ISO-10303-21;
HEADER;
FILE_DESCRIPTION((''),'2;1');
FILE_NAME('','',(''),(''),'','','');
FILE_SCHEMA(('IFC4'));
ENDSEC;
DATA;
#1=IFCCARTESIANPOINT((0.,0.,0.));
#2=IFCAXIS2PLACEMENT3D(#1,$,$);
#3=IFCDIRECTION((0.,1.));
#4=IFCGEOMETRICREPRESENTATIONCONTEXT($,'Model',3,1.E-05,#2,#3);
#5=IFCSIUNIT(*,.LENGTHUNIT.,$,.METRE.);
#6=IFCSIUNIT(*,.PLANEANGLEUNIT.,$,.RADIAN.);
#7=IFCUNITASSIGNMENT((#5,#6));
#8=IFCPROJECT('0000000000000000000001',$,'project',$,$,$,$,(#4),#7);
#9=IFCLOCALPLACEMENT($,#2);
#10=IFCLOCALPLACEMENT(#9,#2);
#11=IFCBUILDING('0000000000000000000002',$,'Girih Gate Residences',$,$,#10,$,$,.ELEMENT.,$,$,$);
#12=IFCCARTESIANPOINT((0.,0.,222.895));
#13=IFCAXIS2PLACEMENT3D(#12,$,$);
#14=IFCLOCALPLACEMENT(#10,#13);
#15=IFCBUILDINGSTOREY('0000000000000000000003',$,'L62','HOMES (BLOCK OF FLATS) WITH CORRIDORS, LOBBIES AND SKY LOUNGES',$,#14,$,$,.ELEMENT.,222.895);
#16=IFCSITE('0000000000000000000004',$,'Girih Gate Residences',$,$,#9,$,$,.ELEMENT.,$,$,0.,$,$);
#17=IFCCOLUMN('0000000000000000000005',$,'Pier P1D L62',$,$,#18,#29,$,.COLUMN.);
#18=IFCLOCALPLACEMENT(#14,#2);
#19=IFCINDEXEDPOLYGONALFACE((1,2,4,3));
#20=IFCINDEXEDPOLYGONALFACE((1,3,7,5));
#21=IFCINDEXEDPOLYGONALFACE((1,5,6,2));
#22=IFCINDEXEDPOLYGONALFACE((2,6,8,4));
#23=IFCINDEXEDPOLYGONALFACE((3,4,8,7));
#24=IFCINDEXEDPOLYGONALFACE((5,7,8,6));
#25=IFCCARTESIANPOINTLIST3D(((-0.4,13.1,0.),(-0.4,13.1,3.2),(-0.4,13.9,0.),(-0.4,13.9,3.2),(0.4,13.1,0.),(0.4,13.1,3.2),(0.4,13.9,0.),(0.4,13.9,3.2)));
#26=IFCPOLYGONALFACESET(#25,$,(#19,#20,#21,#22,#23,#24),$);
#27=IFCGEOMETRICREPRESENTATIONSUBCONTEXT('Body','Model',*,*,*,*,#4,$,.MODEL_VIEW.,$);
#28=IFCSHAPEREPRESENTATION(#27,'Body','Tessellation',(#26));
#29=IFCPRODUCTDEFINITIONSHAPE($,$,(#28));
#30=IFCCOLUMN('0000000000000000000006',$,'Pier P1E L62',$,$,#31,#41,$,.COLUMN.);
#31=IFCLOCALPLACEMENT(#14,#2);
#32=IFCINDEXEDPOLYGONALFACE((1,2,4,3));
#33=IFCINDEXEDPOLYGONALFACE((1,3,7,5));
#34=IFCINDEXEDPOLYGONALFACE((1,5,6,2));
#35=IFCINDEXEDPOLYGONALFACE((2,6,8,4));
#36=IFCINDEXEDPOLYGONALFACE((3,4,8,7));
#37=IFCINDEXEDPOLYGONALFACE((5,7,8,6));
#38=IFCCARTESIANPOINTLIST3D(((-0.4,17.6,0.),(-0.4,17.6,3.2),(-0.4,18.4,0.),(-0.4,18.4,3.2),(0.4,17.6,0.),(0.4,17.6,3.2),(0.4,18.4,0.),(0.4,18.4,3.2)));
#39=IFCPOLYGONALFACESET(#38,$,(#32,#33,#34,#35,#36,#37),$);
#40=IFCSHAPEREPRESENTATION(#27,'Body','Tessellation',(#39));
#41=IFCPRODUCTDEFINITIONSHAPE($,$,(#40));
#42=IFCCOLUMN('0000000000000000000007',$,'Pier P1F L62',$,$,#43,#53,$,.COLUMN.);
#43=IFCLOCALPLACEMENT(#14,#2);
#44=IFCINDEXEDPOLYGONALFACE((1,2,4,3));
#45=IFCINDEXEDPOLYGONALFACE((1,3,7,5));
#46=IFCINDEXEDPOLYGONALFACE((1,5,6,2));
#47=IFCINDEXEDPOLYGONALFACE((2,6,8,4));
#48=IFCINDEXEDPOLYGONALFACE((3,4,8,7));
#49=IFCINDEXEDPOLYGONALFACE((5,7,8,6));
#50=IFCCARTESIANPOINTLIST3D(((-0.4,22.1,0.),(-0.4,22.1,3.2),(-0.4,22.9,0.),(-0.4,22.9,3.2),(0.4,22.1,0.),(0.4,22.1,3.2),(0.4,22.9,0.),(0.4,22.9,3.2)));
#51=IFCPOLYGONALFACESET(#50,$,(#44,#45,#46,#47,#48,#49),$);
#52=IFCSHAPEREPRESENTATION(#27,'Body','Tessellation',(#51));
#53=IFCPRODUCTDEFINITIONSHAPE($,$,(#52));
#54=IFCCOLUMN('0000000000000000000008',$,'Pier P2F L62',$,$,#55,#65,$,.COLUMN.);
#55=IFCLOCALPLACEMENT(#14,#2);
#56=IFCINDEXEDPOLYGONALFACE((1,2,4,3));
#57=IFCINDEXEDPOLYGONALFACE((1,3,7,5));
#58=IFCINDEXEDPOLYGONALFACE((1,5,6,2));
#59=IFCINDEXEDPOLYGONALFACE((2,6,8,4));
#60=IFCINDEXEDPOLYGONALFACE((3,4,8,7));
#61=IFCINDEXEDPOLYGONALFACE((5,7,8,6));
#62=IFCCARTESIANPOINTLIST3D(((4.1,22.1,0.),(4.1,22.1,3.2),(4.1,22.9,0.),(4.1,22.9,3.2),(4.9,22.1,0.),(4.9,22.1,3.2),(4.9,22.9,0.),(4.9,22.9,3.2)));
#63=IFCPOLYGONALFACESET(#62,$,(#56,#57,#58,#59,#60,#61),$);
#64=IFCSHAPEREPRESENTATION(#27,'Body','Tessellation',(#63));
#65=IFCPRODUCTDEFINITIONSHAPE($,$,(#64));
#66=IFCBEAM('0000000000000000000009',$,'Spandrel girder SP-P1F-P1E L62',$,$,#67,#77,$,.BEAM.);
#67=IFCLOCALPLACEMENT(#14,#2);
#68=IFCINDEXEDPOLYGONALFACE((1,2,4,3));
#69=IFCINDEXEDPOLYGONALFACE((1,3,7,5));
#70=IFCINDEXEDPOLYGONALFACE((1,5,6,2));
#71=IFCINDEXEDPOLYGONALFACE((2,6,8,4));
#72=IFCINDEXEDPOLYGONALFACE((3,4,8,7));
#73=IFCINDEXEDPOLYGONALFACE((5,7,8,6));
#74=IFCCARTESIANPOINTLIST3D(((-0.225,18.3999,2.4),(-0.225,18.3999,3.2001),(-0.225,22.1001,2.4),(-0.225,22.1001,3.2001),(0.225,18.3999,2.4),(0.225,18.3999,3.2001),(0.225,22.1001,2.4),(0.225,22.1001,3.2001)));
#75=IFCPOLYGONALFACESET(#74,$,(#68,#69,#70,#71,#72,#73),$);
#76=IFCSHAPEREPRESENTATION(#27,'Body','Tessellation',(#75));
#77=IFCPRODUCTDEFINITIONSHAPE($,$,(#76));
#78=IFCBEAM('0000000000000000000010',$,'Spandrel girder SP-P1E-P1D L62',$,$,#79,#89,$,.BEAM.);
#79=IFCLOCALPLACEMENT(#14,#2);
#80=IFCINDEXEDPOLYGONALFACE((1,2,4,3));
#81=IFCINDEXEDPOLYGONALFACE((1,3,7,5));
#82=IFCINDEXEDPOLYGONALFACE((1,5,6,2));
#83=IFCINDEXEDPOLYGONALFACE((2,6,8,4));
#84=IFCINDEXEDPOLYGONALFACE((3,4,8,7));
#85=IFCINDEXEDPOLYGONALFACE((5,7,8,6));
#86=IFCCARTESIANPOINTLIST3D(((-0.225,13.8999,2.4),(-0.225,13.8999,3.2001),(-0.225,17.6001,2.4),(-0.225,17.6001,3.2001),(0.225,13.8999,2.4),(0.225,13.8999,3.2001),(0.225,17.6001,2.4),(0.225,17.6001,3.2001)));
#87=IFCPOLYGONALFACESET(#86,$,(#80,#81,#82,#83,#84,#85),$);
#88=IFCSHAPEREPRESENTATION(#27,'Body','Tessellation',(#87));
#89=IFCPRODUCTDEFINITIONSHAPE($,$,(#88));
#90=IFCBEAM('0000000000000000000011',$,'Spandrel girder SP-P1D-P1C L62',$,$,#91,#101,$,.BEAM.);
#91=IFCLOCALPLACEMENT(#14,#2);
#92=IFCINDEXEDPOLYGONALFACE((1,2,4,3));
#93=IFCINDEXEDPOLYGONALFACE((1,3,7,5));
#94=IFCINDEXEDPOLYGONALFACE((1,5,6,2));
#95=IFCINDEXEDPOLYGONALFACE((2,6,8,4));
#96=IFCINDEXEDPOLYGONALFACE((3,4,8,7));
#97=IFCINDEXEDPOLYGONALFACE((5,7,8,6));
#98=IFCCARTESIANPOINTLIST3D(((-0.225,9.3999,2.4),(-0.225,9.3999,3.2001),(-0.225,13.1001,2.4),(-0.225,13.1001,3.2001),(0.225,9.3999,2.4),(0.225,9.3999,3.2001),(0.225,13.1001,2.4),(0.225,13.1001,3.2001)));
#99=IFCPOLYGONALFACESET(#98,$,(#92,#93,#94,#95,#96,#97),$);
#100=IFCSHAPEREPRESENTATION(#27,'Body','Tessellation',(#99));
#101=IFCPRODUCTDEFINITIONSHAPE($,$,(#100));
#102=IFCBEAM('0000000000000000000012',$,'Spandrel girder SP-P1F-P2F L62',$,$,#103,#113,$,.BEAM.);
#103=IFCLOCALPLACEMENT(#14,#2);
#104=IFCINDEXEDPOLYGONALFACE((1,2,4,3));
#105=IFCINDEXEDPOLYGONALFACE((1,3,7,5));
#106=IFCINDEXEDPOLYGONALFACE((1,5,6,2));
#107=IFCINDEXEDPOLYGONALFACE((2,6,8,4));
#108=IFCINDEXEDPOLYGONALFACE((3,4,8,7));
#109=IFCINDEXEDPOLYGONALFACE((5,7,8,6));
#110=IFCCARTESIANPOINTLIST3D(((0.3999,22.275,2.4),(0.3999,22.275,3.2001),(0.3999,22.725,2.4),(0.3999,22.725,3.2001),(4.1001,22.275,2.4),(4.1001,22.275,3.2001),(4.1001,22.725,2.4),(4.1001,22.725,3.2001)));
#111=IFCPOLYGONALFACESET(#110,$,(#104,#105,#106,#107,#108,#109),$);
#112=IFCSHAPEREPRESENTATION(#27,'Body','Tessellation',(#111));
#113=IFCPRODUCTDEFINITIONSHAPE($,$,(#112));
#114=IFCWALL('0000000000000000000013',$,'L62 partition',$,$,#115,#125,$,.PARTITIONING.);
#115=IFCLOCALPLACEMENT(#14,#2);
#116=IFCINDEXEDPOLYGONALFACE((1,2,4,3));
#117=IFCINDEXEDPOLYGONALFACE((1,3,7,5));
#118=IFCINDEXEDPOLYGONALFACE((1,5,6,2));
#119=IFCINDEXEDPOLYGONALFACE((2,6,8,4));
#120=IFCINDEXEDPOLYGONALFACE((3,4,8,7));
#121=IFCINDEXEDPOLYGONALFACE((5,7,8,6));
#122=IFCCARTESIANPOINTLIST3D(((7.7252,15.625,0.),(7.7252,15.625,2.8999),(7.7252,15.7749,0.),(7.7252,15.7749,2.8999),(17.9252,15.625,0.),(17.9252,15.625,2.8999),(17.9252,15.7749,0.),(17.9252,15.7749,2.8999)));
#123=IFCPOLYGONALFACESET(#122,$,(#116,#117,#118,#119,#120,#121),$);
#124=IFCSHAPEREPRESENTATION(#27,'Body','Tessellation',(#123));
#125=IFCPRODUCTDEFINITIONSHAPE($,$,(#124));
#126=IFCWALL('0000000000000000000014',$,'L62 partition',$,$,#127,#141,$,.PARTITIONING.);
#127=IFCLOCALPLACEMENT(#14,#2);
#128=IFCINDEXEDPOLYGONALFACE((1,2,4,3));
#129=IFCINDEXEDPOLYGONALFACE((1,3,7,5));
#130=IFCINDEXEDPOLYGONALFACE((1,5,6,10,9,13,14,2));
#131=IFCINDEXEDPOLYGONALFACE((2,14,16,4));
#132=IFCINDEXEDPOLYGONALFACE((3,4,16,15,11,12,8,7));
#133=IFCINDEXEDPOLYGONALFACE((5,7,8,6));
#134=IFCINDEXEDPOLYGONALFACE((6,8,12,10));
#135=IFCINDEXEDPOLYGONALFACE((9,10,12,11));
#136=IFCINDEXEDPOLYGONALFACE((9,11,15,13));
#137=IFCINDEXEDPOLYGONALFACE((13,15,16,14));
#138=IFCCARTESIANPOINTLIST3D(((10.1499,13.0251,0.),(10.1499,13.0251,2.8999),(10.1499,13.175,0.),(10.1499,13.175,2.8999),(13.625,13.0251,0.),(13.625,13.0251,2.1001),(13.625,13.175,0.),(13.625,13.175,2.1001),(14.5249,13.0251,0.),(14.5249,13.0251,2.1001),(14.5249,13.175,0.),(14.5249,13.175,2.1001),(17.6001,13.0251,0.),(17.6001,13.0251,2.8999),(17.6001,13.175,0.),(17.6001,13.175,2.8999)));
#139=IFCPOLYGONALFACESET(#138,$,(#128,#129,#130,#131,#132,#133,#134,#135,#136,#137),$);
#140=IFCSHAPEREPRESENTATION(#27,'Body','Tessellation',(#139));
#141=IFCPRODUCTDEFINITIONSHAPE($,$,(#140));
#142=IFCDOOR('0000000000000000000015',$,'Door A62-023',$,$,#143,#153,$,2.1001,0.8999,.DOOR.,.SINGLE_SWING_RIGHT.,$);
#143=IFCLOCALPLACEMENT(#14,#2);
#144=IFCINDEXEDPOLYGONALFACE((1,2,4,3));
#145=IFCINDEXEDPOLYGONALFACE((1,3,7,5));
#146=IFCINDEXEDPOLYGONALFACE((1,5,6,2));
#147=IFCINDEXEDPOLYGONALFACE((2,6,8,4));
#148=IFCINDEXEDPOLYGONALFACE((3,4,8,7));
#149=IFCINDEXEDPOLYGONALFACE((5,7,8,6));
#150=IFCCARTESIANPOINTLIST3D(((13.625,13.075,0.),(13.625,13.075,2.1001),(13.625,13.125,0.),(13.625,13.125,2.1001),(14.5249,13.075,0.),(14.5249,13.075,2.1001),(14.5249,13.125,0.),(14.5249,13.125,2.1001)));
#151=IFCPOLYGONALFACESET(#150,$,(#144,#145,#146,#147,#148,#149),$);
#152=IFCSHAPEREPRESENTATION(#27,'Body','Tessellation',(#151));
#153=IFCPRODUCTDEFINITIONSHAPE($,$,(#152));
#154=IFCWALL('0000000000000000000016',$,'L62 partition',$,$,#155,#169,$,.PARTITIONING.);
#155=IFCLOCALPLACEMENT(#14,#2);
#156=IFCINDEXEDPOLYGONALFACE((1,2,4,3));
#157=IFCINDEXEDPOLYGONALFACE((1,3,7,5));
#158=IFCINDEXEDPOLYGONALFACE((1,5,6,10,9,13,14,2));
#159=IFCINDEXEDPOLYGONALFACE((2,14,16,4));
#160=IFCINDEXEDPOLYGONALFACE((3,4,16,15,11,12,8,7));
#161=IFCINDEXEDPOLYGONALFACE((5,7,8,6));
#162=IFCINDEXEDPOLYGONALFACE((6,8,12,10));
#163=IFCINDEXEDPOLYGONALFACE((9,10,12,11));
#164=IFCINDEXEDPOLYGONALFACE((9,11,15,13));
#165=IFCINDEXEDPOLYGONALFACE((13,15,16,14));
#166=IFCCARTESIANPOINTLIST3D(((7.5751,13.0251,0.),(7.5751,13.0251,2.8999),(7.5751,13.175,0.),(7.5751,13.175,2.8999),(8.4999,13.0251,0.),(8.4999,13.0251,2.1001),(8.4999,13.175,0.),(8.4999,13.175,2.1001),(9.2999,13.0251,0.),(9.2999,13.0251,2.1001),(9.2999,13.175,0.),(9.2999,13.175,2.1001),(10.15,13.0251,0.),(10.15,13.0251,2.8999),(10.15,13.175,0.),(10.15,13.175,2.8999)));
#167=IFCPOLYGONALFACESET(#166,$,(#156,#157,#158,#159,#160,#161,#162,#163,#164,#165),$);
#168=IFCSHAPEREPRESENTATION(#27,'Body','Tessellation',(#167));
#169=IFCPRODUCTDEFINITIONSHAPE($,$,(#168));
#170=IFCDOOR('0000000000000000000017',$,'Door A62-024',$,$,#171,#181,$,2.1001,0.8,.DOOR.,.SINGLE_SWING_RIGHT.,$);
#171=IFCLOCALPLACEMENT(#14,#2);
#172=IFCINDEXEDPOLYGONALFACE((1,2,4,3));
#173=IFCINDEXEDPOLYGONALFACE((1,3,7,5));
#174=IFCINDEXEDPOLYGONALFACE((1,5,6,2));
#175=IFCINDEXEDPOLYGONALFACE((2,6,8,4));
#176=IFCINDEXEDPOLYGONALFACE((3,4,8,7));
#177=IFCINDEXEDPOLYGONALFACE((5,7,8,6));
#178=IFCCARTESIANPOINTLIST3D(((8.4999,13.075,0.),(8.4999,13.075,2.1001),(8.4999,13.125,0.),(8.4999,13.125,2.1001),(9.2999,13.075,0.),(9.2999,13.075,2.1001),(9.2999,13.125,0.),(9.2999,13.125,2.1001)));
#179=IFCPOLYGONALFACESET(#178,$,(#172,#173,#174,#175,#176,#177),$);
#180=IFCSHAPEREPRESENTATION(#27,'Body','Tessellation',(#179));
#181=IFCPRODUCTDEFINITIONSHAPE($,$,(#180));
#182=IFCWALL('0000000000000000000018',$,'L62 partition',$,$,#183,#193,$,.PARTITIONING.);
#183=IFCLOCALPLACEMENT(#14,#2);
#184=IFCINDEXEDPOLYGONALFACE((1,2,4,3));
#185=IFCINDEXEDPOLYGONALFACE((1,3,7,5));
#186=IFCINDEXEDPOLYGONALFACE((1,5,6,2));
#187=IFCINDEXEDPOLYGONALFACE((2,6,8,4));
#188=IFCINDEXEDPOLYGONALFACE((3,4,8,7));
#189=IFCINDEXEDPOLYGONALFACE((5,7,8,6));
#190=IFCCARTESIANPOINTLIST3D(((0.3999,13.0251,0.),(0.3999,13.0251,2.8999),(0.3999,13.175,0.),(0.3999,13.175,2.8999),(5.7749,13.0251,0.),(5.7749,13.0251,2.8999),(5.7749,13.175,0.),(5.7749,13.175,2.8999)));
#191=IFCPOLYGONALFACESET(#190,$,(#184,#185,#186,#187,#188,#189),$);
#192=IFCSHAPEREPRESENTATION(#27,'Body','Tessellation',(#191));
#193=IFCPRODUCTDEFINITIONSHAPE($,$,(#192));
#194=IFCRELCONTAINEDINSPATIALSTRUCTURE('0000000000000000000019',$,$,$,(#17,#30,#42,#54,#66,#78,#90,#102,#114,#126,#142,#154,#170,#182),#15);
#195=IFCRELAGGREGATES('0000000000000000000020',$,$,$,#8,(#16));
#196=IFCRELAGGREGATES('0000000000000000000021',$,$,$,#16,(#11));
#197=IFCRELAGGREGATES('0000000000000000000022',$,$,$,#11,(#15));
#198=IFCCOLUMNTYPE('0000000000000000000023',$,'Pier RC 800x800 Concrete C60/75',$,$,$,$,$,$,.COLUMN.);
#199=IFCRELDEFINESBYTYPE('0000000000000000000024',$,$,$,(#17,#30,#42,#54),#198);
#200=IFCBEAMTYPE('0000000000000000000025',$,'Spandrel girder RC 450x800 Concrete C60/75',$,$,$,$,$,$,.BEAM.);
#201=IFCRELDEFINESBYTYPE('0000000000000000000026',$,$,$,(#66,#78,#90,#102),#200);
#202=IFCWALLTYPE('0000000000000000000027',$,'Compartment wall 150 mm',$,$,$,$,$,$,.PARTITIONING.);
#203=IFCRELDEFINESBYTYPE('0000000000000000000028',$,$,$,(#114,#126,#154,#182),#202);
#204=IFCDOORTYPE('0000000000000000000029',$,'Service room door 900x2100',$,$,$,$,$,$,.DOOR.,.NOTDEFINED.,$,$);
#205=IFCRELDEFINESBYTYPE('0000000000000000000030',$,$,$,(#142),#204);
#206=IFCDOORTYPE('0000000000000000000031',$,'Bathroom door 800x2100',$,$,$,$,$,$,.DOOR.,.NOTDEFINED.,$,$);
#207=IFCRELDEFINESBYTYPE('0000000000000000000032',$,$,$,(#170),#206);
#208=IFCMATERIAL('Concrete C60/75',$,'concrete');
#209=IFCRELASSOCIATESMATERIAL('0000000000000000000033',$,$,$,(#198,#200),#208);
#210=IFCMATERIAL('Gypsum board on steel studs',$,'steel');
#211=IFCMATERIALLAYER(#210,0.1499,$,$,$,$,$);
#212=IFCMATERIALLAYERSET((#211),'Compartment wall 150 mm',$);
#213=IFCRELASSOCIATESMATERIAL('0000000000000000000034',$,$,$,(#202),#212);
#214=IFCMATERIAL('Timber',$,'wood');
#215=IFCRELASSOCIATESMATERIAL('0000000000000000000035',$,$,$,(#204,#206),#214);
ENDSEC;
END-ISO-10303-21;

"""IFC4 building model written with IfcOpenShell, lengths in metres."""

from ifc_helpers import new_model, si_unit, direction, frame, frame_2d, origin, origin_2d, place, context, subcontext, project, spatial, rectangle, extrude, material, layer, layer_set, material_profile, profile_set, type_object, element, fill, save


model = new_model("IFC4")

# Units and contexts
model_context = context("Model", 3, precision=1e-05, world=origin(), true_north=direction((0.0, 1.0)))
body_context = subcontext(model_context, "Body", "Model", "MODEL_VIEW")
ifc_project = project(units=[si_unit("LENGTHUNIT", "METRE"), si_unit("PLANEANGLEUNIT", "RADIAN")], contexts=[model_context])

# Site, building, storey
site_placement = place(None, origin())
site = spatial("IfcSite", under=ifc_project, at=site_placement, Name="Girih Gate Residences", CompositionType="ELEMENT", RefElevation=0.0)
building_placement = place(site_placement, origin())
building = spatial("IfcBuilding", under=site, at=building_placement, Name="Girih Gate Residences", CompositionType="ELEMENT")
storey_placement = place(building_placement, frame((0.0, 0.0, 222.895)))
storey = spatial("IfcBuildingStorey", under=building, at=storey_placement, Name="L62", Description="HOMES (BLOCK OF FLATS) WITH CORRIDORS, LOBBIES AND SKY LOUNGES", CompositionType="ELEMENT", Elevation=222.895)

# Columns
ifc_material_1 = material(Name="Concrete C60/75", Category="concrete")
ifc_material_profile_1 = material_profile(ifc_material_1, rectangle(XDim=0.8, YDim=0.8, at=origin_2d()))
ifc_profile_set_1 = profile_set([ifc_material_profile_1], Name="Concrete C60/75")
column_type = type_object("IfcColumnType", Name="Pier RC 800x800 Concrete C60/75", PredefinedType="COLUMN", material=ifc_profile_set_1)
for number, where, z_axis, x_axis, name in (
    (1, (0.0, 13.5, 0.0), (0.0, 0.0, 1.0), (1.0, 0.0, 0.0), "Pier P1D L62"),
    (2, (0.0, 18.0, 0.0), (0.0, 0.0, 1.0), (1.0, 0.0, 0.0), "Pier P1E L62"),
    (3, (0.0, 22.5, 0.0), (0.0, 0.0, 1.0), (1.0, 0.0, 0.0), "Pier P1F L62"),
    (4, (4.5, 22.5, 0.0), (0.0, 0.0, 1.0), (1.0, 0.0, 0.0), "Pier P2F L62"),
):
    element("IfcColumn", number, at=place(storey_placement, frame(where, z_axis=z_axis, x_axis=x_axis)), inside=storey, type_object=column_type, Name=name, PredefinedType="COLUMN", context=body_context, shape_type="SweptSolid", body=[
        extrude(rectangle(XDim=0.8, YDim=0.8, at=origin_2d()), origin(), (0.0, 0.0, 1.0), 3.2),
    ])

# Beams
ifc_material_profile_2 = material_profile(ifc_material_1, rectangle(XDim=0.45, YDim=0.8, at=origin_2d()))
ifc_profile_set_2 = profile_set([ifc_material_profile_2], Name="Concrete C60/75")
beam_type = type_object("IfcBeamType", Name="Spandrel girder RC 450x800 Concrete C60/75", PredefinedType="BEAM", material=ifc_profile_set_2)
for number, where, z_axis, x_axis, name in (
    (5, (0.0, 22.1001, 2.8), (0.0, -1.0, 0.0), (1.0, 0.0, 0.0), "Spandrel girder SP-P1F-P1E L62"),
    (6, (0.0, 17.6001, 2.8), (0.0, -1.0, 0.0), (1.0, 0.0, 0.0), "Spandrel girder SP-P1E-P1D L62"),
    (7, (0.0, 13.1001, 2.8), (0.0, -1.0, 0.0), (1.0, 0.0, 0.0), "Spandrel girder SP-P1D-P1C L62"),
    (8, (0.3999, 22.5, 2.8), (1.0, 0.0, 0.0), (0.0, 1.0, 0.0), "Spandrel girder SP-P1F-P2F L62"),
):
    element("IfcBeam", number, at=place(storey_placement, frame(where, z_axis=z_axis, x_axis=x_axis)), inside=storey, type_object=beam_type, Name=name, PredefinedType="BEAM", context=body_context, shape_type="SweptSolid", body=[
        extrude(rectangle(XDim=0.45, YDim=0.8, at=origin_2d()), origin(), (0.0, 0.0, 1.0), 3.7002),
    ])

# Wall
ifc_material_2 = material(Name="Gypsum board on steel studs", Category="steel")
ifc_layer_1 = layer(ifc_material_2, 0.1499)
ifc_layer_set_1 = layer_set([ifc_layer_1], Name="Compartment wall 150 mm")
wall_type_1 = type_object("IfcWallType", Name="Compartment wall 150 mm", PredefinedType="PARTITIONING", material=ifc_layer_set_1)
wall_1_placement = place(storey_placement, frame((7.7251, 15.7, 0.0), z_axis=(0.0, 0.0, 1.0), x_axis=(1.0, 0.0, 0.0)))
element("IfcWall", 9, at=wall_1_placement, inside=storey, type_object=wall_type_1, Name="L62 partition", PredefinedType="PARTITIONING", context=body_context, shape_type="SweptSolid", body=[
    extrude(rectangle(XDim=10.2, YDim=0.1499, at=frame_2d((5.1001, 0.0))), origin(), (0.0, 0.0, 1.0), 2.8999),
])

# Walls, openings, doors
wall_2_placement = place(storey_placement, frame((10.1499, 13.1001, 0.0), z_axis=(0.0, 0.0, 1.0), x_axis=(1.0, 0.0, 0.0)))
wall_2 = element("IfcWall", 10, at=wall_2_placement, inside=storey, type_object=wall_type_1, Name="L62 partition", PredefinedType="PARTITIONING", context=body_context, shape_type="SweptSolid", body=[
    extrude(rectangle(XDim=7.4502, YDim=0.1499, at=frame_2d((3.7251, 0.0))), origin(), (0.0, 0.0, 1.0), 2.8999),
])
opening_1_placement = place(wall_2_placement, frame((3.4751, 0.0, 0.0)))
opening_1 = element("IfcOpeningElement", 11, at=opening_1_placement, cuts=wall_2, PredefinedType="OPENING", context=body_context, shape_type="SweptSolid", body=[
    extrude(rectangle(XDim=0.8999, YDim=2.1001, at=frame_2d((0.45, 1.05))), frame((0.0, 0.085, 0.0), z_axis=(0.0, -1.0, 0.0), x_axis=(1.0, 0.0, 0.0)), (0.0, 0.0, 1.0), 0.1699),
])
ifc_material_3 = material(Name="Timber", Category="wood")
door_type_1 = type_object("IfcDoorType", Name="Service room door 900x2100", OperationType="NOTDEFINED", PredefinedType="DOOR", material=ifc_material_3)
door_1_placement = place(opening_1_placement, origin())
door_1 = element("IfcDoor", 12, at=door_1_placement, inside=storey, type_object=door_type_1, Name="Door A62-023", OperationType="SINGLE_SWING_RIGHT", OverallHeight=2.1001, OverallWidth=0.8999, PredefinedType="DOOR", context=body_context, shape_type="SweptSolid", body=[
    extrude(rectangle(XDim=0.8999, YDim=2.1001, at=frame_2d((0.45, 1.05))), frame((0.0, 0.0249, 0.0), z_axis=(0.0, -1.0, 0.0), x_axis=(1.0, 0.0, 0.0)), (0.0, 0.0, 1.0), 0.05),
])
fill(opening_1, door_1)
wall_3_placement = place(storey_placement, frame((7.575, 13.1001, 0.0), z_axis=(0.0, 0.0, 1.0), x_axis=(1.0, 0.0, 0.0)))
wall_3 = element("IfcWall", 13, at=wall_3_placement, inside=storey, type_object=wall_type_1, Name="L62 partition", PredefinedType="PARTITIONING", context=body_context, shape_type="SweptSolid", body=[
    extrude(rectangle(XDim=2.575, YDim=0.1499, at=frame_2d((1.2876, 0.0))), origin(), (0.0, 0.0, 1.0), 2.8999),
])
opening_2_placement = place(wall_3_placement, frame((0.925, 0.0, 0.0)))
opening_2 = element("IfcOpeningElement", 14, at=opening_2_placement, cuts=wall_3, PredefinedType="OPENING", context=body_context, shape_type="SweptSolid", body=[
    extrude(rectangle(XDim=0.8, YDim=2.1001, at=frame_2d((0.3999, 1.05))), frame((0.0, 0.085, 0.0), z_axis=(0.0, -1.0, 0.0), x_axis=(1.0, 0.0, 0.0)), (0.0, 0.0, 1.0), 0.1699),
])
door_type_2 = type_object("IfcDoorType", Name="Bathroom door 800x2100", OperationType="NOTDEFINED", PredefinedType="DOOR", material=ifc_material_3)
door_2_placement = place(opening_2_placement, origin())
door_2 = element("IfcDoor", 15, at=door_2_placement, inside=storey, type_object=door_type_2, Name="Door A62-024", OperationType="SINGLE_SWING_RIGHT", OverallHeight=2.1001, OverallWidth=0.8, PredefinedType="DOOR", context=body_context, shape_type="SweptSolid", body=[
    extrude(rectangle(XDim=0.8, YDim=2.1001, at=frame_2d((0.3999, 1.05))), frame((0.0, 0.0249, 0.0), z_axis=(0.0, -1.0, 0.0), x_axis=(1.0, 0.0, 0.0)), (0.0, 0.0, 1.0), 0.05),
])
fill(opening_2, door_2)

# Wall
wall_4_placement = place(storey_placement, frame((0.3999, 13.1001, 0.0), z_axis=(0.0, 0.0, 1.0), x_axis=(1.0, 0.0, 0.0)))
element("IfcWall", 16, at=wall_4_placement, inside=storey, type_object=wall_type_1, Name="L62 partition", PredefinedType="PARTITIONING", context=body_context, shape_type="SweptSolid", body=[
    extrude(rectangle(XDim=5.375, YDim=0.1499, at=frame_2d((2.6875, 0.0))), origin(), (0.0, 0.0, 1.0), 2.8999),
])

save(model, "model.ifc")
